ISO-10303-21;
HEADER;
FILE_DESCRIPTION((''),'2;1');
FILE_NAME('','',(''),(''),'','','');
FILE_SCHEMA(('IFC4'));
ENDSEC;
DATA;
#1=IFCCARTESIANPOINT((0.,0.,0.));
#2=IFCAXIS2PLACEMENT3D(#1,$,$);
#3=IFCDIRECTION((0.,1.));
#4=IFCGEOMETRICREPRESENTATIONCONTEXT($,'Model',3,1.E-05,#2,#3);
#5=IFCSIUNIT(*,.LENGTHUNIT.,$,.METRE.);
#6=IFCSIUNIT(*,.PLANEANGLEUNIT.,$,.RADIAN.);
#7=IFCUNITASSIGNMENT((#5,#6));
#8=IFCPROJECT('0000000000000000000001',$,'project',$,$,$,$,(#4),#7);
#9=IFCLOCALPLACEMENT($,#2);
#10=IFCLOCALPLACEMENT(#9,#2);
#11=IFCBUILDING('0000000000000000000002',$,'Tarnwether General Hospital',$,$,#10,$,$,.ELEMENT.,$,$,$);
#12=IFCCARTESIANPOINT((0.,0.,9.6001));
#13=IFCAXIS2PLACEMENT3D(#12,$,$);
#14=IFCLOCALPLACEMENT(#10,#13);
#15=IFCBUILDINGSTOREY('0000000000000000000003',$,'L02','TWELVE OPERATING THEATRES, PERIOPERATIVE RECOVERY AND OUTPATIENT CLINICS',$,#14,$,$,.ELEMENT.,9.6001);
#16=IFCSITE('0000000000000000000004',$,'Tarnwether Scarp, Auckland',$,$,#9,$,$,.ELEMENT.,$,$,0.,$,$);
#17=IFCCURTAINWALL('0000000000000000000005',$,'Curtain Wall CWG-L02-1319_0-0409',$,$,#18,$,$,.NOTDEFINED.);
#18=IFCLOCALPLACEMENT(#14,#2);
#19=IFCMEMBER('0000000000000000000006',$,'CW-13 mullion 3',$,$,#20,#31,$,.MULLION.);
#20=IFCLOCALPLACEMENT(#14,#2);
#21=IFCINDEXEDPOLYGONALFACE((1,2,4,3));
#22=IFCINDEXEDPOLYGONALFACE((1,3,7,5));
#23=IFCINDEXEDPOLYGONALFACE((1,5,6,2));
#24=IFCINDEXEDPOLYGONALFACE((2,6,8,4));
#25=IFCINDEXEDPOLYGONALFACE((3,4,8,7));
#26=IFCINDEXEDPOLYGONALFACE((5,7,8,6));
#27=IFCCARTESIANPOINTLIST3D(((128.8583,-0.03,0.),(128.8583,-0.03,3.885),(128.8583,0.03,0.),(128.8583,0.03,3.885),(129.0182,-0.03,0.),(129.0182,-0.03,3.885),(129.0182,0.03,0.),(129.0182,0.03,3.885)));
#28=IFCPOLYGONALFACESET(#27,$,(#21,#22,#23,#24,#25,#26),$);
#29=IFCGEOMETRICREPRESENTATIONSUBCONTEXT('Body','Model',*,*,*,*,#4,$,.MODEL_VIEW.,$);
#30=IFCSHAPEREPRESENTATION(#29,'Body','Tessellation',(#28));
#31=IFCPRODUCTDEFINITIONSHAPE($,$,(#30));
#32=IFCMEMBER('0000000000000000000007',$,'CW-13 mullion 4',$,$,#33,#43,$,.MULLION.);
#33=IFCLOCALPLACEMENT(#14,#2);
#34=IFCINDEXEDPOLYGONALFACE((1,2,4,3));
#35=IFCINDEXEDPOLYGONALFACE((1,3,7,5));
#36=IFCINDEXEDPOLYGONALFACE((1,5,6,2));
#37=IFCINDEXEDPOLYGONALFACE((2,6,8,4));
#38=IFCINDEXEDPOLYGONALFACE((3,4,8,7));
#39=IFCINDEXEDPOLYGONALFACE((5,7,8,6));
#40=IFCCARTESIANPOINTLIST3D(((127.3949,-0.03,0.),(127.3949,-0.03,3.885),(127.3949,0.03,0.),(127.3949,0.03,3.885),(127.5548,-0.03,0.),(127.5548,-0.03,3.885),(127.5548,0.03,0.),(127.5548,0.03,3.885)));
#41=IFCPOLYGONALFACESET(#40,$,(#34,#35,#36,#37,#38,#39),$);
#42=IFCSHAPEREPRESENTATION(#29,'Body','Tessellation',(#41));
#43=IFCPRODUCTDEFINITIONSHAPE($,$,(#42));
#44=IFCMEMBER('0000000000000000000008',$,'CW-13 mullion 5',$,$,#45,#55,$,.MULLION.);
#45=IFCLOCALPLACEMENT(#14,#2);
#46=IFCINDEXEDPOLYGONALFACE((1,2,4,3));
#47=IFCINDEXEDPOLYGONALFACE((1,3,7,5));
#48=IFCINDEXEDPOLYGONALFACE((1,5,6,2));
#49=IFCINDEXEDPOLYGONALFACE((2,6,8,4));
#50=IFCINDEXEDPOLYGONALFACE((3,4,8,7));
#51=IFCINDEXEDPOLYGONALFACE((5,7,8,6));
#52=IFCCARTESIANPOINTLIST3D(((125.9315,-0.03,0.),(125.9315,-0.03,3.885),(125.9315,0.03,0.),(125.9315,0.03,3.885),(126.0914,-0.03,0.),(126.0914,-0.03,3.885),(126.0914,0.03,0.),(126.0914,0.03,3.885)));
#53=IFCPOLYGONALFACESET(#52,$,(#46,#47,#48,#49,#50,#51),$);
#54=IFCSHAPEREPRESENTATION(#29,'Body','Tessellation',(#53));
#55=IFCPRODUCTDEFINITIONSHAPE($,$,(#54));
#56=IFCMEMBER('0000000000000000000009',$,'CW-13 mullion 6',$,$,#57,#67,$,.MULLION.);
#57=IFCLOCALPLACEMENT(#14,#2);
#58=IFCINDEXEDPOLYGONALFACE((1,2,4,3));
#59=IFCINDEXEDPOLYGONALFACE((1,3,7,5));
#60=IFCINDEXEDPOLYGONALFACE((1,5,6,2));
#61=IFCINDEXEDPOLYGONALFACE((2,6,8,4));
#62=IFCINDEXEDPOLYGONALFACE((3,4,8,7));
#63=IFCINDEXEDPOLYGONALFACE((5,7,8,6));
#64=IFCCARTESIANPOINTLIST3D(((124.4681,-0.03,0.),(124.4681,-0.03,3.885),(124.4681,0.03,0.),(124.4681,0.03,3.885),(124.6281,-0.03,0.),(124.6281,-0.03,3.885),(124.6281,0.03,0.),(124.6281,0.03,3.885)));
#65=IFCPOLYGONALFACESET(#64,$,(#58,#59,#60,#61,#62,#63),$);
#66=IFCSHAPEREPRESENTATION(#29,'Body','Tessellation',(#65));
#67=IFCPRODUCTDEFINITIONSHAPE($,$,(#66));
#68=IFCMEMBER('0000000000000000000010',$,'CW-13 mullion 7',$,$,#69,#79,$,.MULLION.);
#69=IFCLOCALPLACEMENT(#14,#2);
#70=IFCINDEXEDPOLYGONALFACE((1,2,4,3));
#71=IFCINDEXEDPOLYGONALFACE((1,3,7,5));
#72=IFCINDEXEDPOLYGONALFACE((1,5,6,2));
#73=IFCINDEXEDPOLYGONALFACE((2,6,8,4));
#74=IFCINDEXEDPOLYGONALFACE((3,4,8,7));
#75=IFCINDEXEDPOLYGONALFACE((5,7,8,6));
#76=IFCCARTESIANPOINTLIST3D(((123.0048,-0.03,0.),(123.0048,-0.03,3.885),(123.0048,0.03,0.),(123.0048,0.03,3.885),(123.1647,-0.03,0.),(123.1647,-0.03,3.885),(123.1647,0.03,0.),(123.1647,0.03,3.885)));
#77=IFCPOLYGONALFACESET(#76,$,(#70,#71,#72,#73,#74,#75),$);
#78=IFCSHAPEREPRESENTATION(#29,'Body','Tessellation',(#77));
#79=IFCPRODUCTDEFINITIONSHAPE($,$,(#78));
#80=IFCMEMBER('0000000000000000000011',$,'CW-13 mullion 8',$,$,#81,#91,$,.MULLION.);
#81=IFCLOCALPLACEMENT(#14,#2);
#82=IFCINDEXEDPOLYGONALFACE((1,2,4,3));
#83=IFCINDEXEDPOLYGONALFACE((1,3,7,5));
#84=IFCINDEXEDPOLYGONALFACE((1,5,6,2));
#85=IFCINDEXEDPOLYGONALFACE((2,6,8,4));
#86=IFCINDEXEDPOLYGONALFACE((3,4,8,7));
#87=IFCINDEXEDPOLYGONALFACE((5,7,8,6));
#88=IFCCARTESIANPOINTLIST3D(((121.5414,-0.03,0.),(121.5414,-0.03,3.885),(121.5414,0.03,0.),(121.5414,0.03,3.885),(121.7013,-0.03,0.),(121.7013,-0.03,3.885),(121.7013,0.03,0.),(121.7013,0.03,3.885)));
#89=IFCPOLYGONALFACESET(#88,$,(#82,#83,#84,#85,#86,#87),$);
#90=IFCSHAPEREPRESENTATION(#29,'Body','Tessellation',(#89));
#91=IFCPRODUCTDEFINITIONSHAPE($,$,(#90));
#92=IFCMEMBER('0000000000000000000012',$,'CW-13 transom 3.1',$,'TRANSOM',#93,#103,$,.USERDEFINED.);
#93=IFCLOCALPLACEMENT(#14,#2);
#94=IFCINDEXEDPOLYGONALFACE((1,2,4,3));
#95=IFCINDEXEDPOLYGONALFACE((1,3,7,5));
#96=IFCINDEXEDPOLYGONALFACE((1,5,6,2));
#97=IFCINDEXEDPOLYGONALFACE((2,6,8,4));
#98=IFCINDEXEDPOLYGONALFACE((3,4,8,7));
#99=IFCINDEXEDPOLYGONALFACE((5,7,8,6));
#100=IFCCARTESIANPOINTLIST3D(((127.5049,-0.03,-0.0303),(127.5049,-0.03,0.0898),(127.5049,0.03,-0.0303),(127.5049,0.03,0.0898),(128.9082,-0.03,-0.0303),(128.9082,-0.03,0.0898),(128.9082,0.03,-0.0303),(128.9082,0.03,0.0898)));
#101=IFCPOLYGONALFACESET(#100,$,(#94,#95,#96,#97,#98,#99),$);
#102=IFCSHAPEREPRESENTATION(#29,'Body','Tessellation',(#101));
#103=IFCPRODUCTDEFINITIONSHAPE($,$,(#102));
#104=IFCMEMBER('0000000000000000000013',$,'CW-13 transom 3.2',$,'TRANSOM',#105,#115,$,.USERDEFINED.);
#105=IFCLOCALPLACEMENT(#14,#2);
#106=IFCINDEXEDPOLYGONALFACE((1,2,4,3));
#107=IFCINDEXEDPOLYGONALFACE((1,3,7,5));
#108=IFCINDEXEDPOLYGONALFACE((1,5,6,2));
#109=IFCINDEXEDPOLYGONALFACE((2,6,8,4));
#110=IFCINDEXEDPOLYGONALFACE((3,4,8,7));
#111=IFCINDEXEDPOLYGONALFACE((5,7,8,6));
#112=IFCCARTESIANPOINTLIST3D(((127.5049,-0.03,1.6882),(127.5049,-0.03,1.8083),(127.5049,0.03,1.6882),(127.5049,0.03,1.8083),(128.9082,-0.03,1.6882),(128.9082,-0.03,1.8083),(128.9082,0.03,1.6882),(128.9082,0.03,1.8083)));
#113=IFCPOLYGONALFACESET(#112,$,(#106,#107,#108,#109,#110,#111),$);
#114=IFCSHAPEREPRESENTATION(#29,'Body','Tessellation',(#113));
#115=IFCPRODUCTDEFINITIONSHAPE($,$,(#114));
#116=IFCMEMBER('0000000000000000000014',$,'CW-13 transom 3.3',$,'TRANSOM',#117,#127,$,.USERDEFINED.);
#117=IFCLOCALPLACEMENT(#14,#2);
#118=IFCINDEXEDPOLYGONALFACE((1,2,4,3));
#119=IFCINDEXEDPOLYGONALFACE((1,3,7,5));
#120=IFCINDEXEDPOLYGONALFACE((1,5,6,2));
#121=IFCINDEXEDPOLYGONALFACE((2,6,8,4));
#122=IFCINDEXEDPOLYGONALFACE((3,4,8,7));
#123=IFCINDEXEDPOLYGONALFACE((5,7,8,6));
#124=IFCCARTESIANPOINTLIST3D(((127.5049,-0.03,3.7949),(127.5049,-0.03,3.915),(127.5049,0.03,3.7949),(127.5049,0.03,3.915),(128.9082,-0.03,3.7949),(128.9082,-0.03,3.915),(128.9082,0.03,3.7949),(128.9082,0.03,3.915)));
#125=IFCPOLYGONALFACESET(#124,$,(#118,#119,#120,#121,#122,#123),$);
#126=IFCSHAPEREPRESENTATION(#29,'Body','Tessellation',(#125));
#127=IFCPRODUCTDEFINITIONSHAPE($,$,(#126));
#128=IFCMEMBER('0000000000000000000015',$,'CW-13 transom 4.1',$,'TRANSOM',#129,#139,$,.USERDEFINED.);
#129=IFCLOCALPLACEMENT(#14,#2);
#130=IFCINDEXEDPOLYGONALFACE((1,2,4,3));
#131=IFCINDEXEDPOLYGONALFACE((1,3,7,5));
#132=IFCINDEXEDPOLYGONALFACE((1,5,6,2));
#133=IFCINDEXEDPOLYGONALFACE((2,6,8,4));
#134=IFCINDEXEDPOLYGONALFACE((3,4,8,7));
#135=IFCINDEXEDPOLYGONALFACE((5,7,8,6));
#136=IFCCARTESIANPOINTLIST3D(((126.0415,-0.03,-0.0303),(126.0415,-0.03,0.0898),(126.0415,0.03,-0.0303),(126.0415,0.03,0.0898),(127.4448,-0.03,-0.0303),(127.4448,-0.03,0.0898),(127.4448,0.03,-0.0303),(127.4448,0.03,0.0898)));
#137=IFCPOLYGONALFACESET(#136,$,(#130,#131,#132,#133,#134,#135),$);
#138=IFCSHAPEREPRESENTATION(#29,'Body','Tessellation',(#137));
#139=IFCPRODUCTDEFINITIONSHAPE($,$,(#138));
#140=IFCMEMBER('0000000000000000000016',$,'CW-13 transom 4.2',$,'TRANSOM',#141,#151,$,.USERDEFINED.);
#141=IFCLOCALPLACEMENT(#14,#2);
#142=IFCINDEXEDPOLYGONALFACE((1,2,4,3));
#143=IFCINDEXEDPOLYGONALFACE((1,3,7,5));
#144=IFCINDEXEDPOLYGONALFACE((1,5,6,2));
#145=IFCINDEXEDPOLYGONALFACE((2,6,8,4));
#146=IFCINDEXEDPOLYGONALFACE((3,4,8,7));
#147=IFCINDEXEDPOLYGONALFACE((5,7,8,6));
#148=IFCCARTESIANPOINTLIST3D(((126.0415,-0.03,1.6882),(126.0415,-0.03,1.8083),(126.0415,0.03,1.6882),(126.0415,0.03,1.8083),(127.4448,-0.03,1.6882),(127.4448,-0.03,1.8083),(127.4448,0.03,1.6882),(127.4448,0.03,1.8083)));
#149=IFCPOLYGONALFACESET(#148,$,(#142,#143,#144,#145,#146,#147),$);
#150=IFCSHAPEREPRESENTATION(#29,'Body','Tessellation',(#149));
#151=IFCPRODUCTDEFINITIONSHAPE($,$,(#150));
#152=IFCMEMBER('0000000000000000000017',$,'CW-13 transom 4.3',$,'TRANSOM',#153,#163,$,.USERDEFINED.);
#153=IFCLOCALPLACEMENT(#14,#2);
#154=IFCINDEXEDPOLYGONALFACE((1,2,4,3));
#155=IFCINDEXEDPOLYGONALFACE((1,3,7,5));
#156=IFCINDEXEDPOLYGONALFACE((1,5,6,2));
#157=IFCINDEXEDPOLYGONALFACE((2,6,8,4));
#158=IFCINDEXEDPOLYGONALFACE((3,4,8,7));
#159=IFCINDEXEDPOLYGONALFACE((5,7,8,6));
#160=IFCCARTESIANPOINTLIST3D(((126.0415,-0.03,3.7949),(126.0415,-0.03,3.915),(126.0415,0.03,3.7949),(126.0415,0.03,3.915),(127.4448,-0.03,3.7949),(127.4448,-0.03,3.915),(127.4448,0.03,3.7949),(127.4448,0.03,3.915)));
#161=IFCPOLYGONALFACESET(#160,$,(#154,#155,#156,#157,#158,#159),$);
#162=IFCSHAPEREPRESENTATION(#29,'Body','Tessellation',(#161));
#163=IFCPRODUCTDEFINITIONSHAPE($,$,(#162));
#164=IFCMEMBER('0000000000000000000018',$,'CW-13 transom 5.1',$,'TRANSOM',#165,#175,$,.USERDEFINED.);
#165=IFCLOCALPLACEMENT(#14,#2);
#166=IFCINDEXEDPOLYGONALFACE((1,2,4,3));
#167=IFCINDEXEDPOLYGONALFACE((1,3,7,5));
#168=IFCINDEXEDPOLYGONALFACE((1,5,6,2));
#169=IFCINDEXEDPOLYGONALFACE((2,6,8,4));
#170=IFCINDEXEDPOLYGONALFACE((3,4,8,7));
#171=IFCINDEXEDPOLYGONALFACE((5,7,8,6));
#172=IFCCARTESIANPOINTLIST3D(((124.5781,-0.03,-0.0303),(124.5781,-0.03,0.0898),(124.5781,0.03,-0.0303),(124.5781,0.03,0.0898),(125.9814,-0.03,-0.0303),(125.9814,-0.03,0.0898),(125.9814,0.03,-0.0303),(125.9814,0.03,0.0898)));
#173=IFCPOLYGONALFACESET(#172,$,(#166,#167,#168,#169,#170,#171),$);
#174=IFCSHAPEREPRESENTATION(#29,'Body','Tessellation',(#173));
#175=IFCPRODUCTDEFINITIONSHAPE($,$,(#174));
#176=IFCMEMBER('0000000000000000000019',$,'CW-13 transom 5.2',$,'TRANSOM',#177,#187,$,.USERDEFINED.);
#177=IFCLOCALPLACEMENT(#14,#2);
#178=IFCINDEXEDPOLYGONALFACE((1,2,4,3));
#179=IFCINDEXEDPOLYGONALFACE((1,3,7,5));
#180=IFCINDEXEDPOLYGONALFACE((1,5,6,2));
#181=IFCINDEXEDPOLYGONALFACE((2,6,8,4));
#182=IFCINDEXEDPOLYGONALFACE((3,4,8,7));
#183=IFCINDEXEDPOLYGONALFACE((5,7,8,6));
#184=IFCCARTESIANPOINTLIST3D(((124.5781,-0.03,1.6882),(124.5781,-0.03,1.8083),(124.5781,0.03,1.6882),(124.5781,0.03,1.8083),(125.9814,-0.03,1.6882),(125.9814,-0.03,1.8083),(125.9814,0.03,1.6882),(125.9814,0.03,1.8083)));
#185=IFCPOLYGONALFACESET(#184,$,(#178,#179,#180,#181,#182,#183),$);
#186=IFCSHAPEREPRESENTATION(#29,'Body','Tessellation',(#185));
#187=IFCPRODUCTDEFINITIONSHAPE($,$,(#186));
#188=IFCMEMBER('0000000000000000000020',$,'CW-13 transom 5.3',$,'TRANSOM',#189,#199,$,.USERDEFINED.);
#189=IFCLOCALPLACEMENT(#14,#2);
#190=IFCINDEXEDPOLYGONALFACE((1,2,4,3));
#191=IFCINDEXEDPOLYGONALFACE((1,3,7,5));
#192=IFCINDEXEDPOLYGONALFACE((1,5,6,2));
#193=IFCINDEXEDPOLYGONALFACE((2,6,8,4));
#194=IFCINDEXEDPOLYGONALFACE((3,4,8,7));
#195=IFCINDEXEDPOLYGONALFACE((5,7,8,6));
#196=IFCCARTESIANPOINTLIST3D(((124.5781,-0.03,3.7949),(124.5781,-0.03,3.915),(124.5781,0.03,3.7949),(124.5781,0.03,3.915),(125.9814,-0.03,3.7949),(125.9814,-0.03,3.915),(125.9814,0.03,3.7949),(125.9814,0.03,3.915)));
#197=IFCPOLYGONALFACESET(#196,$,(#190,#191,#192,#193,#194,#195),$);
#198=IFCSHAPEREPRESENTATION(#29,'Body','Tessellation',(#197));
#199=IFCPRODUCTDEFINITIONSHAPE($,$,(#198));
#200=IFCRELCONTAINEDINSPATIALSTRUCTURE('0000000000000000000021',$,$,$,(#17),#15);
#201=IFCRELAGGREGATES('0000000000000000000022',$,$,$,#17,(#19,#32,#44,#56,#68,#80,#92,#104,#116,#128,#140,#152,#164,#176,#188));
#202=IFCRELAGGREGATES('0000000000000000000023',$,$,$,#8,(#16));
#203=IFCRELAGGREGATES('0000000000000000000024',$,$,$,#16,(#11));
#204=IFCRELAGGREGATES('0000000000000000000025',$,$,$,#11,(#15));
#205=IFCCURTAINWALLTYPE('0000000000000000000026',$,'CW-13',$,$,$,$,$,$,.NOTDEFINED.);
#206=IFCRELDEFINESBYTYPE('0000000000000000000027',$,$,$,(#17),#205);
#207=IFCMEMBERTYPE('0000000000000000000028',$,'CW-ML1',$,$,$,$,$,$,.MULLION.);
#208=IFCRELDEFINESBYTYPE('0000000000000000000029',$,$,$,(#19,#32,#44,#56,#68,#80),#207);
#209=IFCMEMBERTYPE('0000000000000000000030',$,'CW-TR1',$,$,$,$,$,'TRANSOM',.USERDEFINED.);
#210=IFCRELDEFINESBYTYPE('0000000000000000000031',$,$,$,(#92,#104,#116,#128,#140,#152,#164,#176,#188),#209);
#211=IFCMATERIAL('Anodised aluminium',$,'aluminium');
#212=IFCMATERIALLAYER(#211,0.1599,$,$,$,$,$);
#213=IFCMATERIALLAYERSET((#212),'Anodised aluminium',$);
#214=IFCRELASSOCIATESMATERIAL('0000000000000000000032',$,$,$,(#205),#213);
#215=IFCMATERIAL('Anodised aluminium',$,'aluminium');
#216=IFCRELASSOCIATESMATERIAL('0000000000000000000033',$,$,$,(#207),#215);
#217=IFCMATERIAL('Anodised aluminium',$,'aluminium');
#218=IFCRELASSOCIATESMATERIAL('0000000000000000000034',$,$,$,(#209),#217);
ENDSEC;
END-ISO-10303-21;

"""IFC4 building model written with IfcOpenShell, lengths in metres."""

from ifc_helpers import new_model, si_unit, direction, frame, origin, origin_2d, place, context, subcontext, project, spatial, rectangle, extrude, material, layer, layer_set, material_profile, profile_set, type_object, element, aggregate, save


model = new_model("IFC4")

# Units and contexts
model_context = context("Model", 3, precision=1e-05, world=origin(), true_north=direction((0.0, 1.0)))
body_context = subcontext(model_context, "Body", "Model", "MODEL_VIEW")
ifc_project = project(units=[si_unit("LENGTHUNIT", "METRE"), si_unit("PLANEANGLEUNIT", "RADIAN")], contexts=[model_context])

# Site, building, storey
site_placement = place(None, origin())
site = spatial("IfcSite", under=ifc_project, at=site_placement, Name="Tarnwether Scarp, Auckland", CompositionType="ELEMENT", RefElevation=0.0)
building_placement = place(site_placement, origin())
building = spatial("IfcBuilding", under=site, at=building_placement, Name="Tarnwether General Hospital", CompositionType="ELEMENT")
storey_placement = place(building_placement, frame((0.0, 0.0, 9.6001)))
storey = spatial("IfcBuildingStorey", under=building, at=storey_placement, Name="L02", Description="TWELVE OPERATING THEATRES, PERIOPERATIVE RECOVERY AND OUTPATIENT CLINICS", CompositionType="ELEMENT", Elevation=9.6001)

# Curtain wall, members
ifc_material_1 = material(Name="Anodised aluminium", Category="aluminium")
ifc_layer_1 = layer(ifc_material_1, 0.1599)
ifc_layer_set_1 = layer_set([ifc_layer_1], Name="Anodised aluminium")
curtain_wall_type = type_object("IfcCurtainWallType", Name="CW-13", PredefinedType="NOTDEFINED", material=ifc_layer_set_1)
curtain_wall_placement = place(storey_placement, origin())
curtain_wall = element("IfcCurtainWall", 1, at=curtain_wall_placement, inside=storey, type_object=curtain_wall_type, Name="Curtain Wall CWG-L02-1319_0-0409", PredefinedType="NOTDEFINED")
ifc_material_2 = material(Name="Anodised aluminium", Category="aluminium")
ifc_material_profile_1 = material_profile(ifc_material_2, rectangle(XDim=0.0601, YDim=0.1599, at=origin_2d()), Name="ALU-MUL-60x160")
ifc_profile_set_1 = profile_set([ifc_material_profile_1], Name="Anodised aluminium")
member_type_1 = type_object("IfcMemberType", Name="CW-ML1", PredefinedType="MULLION", material=ifc_profile_set_1)
member_1_placement = place(storey_placement, frame((128.9382, 0.0, 0.0), z_axis=(0.0, 0.0, 1.0), x_axis=(0.0, -1.0, 0.0)))
member_1 = element("IfcMember", 2, at=member_1_placement, type_object=member_type_1, Name="CW-13 mullion 3", PredefinedType="MULLION", context=body_context, shape_type="SweptSolid", body=[
    extrude(rectangle(XDim=0.0601, YDim=0.1599, at=origin_2d()), origin(), (0.0, 0.0, 1.0), 3.885),
])
member_2_placement = place(storey_placement, frame((127.4749, 0.0, 0.0), z_axis=(0.0, 0.0, 1.0), x_axis=(0.0, -1.0, 0.0)))
member_2 = element("IfcMember", 3, at=member_2_placement, type_object=member_type_1, Name="CW-13 mullion 4", PredefinedType="MULLION", context=body_context, shape_type="SweptSolid", body=[
    extrude(rectangle(XDim=0.0601, YDim=0.1599, at=origin_2d()), origin(), (0.0, 0.0, 1.0), 3.885),
])
member_3_placement = place(storey_placement, frame((126.0115, 0.0, 0.0), z_axis=(0.0, 0.0, 1.0), x_axis=(0.0, -1.0, 0.0)))
member_3 = element("IfcMember", 4, at=member_3_placement, type_object=member_type_1, Name="CW-13 mullion 5", PredefinedType="MULLION", context=body_context, shape_type="SweptSolid", body=[
    extrude(rectangle(XDim=0.0601, YDim=0.1599, at=origin_2d()), origin(), (0.0, 0.0, 1.0), 3.885),
])
member_4_placement = place(storey_placement, frame((124.5481, 0.0, 0.0), z_axis=(0.0, 0.0, 1.0), x_axis=(0.0, -1.0, 0.0)))
member_4 = element("IfcMember", 5, at=member_4_placement, type_object=member_type_1, Name="CW-13 mullion 6", PredefinedType="MULLION", context=body_context, shape_type="SweptSolid", body=[
    extrude(rectangle(XDim=0.0601, YDim=0.1599, at=origin_2d()), origin(), (0.0, 0.0, 1.0), 3.885),
])
member_5_placement = place(storey_placement, frame((123.0847, 0.0, 0.0), z_axis=(0.0, 0.0, 1.0), x_axis=(0.0, -1.0, 0.0)))
member_5 = element("IfcMember", 6, at=member_5_placement, type_object=member_type_1, Name="CW-13 mullion 7", PredefinedType="MULLION", context=body_context, shape_type="SweptSolid", body=[
    extrude(rectangle(XDim=0.0601, YDim=0.1599, at=origin_2d()), origin(), (0.0, 0.0, 1.0), 3.885),
])
member_6_placement = place(storey_placement, frame((121.6213, 0.0, 0.0), z_axis=(0.0, 0.0, 1.0), x_axis=(0.0, -1.0, 0.0)))
member_6 = element("IfcMember", 7, at=member_6_placement, type_object=member_type_1, Name="CW-13 mullion 8", PredefinedType="MULLION", context=body_context, shape_type="SweptSolid", body=[
    extrude(rectangle(XDim=0.0601, YDim=0.1599, at=origin_2d()), origin(), (0.0, 0.0, 1.0), 3.885),
])
ifc_material_3 = material(Name="Anodised aluminium", Category="aluminium")
ifc_material_profile_2 = material_profile(ifc_material_3, rectangle(XDim=0.0601, YDim=0.1201, at=origin_2d()), Name="ALU-TRN-60x120")
ifc_profile_set_2 = profile_set([ifc_material_profile_2], Name="Anodised aluminium")
member_type_2 = type_object("IfcMemberType", Name="CW-TR1", ElementType="TRANSOM", PredefinedType="USERDEFINED", material=ifc_profile_set_2)
member_7_placement = place(storey_placement, frame((128.9082, 0.0, 0.0298), z_axis=(-1.0, 0.0, 0.0), x_axis=(0.0, -1.0, 0.0)))
member_7 = element("IfcMember", 8, at=member_7_placement, type_object=member_type_2, Name="CW-13 transom 3.1", ObjectType="TRANSOM", PredefinedType="USERDEFINED", context=body_context, shape_type="SweptSolid", body=[
    extrude(rectangle(XDim=0.0601, YDim=0.1201, at=origin_2d()), origin(), (0.0, 0.0, 1.0), 1.4033),
])
member_8_placement = place(storey_placement, frame((128.9082, 0.0, 1.7483), z_axis=(-1.0, 0.0, 0.0), x_axis=(0.0, -1.0, 0.0)))
member_8 = element("IfcMember", 9, at=member_8_placement, type_object=member_type_2, Name="CW-13 transom 3.2", ObjectType="TRANSOM", PredefinedType="USERDEFINED", context=body_context, shape_type="SweptSolid", body=[
    extrude(rectangle(XDim=0.0601, YDim=0.1201, at=origin_2d()), origin(), (0.0, 0.0, 1.0), 1.4033),
])
member_9_placement = place(storey_placement, frame((128.9082, 0.0, 3.855), z_axis=(-1.0, 0.0, 0.0), x_axis=(0.0, -1.0, 0.0)))
member_9 = element("IfcMember", 10, at=member_9_placement, type_object=member_type_2, Name="CW-13 transom 3.3", ObjectType="TRANSOM", PredefinedType="USERDEFINED", context=body_context, shape_type="SweptSolid", body=[
    extrude(rectangle(XDim=0.0601, YDim=0.1201, at=origin_2d()), origin(), (0.0, 0.0, 1.0), 1.4033),
])
member_10_placement = place(storey_placement, frame((127.4448, 0.0, 0.0298), z_axis=(-1.0, 0.0, 0.0), x_axis=(0.0, -1.0, 0.0)))
member_10 = element("IfcMember", 11, at=member_10_placement, type_object=member_type_2, Name="CW-13 transom 4.1", ObjectType="TRANSOM", PredefinedType="USERDEFINED", context=body_context, shape_type="SweptSolid", body=[
    extrude(rectangle(XDim=0.0601, YDim=0.1201, at=origin_2d()), origin(), (0.0, 0.0, 1.0), 1.4033),
])
member_11_placement = place(storey_placement, frame((127.4448, 0.0, 1.7483), z_axis=(-1.0, 0.0, 0.0), x_axis=(0.0, -1.0, 0.0)))
member_11 = element("IfcMember", 12, at=member_11_placement, type_object=member_type_2, Name="CW-13 transom 4.2", ObjectType="TRANSOM", PredefinedType="USERDEFINED", context=body_context, shape_type="SweptSolid", body=[
    extrude(rectangle(XDim=0.0601, YDim=0.1201, at=origin_2d()), origin(), (0.0, 0.0, 1.0), 1.4033),
])
member_12_placement = place(storey_placement, frame((127.4448, 0.0, 3.855), z_axis=(-1.0, 0.0, 0.0), x_axis=(0.0, -1.0, 0.0)))
member_12 = element("IfcMember", 13, at=member_12_placement, type_object=member_type_2, Name="CW-13 transom 4.3", ObjectType="TRANSOM", PredefinedType="USERDEFINED", context=body_context, shape_type="SweptSolid", body=[
    extrude(rectangle(XDim=0.0601, YDim=0.1201, at=origin_2d()), origin(), (0.0, 0.0, 1.0), 1.4033),
])
member_13_placement = place(storey_placement, frame((125.9814, 0.0, 0.0298), z_axis=(-1.0, 0.0, 0.0), x_axis=(0.0, -1.0, 0.0)))
member_13 = element("IfcMember", 14, at=member_13_placement, type_object=member_type_2, Name="CW-13 transom 5.1", ObjectType="TRANSOM", PredefinedType="USERDEFINED", context=body_context, shape_type="SweptSolid", body=[
    extrude(rectangle(XDim=0.0601, YDim=0.1201, at=origin_2d()), origin(), (0.0, 0.0, 1.0), 1.4033),
])
member_14_placement = place(storey_placement, frame((125.9814, 0.0, 1.7483), z_axis=(-1.0, 0.0, 0.0), x_axis=(0.0, -1.0, 0.0)))
member_14 = element("IfcMember", 15, at=member_14_placement, type_object=member_type_2, Name="CW-13 transom 5.2", ObjectType="TRANSOM", PredefinedType="USERDEFINED", context=body_context, shape_type="SweptSolid", body=[
    extrude(rectangle(XDim=0.0601, YDim=0.1201, at=origin_2d()), origin(), (0.0, 0.0, 1.0), 1.4033),
])
member_15_placement = place(storey_placement, frame((125.9814, 0.0, 3.855), z_axis=(-1.0, 0.0, 0.0), x_axis=(0.0, -1.0, 0.0)))
member_15 = element("IfcMember", 16, at=member_15_placement, type_object=member_type_2, Name="CW-13 transom 5.3", ObjectType="TRANSOM", PredefinedType="USERDEFINED", context=body_context, shape_type="SweptSolid", body=[
    extrude(rectangle(XDim=0.0601, YDim=0.1201, at=origin_2d()), origin(), (0.0, 0.0, 1.0), 1.4033),
])
aggregate(curtain_wall, [member_1, member_2, member_3, member_4, member_5, member_6, member_7, member_8, member_9, member_10, member_11, member_12, member_13, member_14, member_15])

save(model, "model.ifc")
